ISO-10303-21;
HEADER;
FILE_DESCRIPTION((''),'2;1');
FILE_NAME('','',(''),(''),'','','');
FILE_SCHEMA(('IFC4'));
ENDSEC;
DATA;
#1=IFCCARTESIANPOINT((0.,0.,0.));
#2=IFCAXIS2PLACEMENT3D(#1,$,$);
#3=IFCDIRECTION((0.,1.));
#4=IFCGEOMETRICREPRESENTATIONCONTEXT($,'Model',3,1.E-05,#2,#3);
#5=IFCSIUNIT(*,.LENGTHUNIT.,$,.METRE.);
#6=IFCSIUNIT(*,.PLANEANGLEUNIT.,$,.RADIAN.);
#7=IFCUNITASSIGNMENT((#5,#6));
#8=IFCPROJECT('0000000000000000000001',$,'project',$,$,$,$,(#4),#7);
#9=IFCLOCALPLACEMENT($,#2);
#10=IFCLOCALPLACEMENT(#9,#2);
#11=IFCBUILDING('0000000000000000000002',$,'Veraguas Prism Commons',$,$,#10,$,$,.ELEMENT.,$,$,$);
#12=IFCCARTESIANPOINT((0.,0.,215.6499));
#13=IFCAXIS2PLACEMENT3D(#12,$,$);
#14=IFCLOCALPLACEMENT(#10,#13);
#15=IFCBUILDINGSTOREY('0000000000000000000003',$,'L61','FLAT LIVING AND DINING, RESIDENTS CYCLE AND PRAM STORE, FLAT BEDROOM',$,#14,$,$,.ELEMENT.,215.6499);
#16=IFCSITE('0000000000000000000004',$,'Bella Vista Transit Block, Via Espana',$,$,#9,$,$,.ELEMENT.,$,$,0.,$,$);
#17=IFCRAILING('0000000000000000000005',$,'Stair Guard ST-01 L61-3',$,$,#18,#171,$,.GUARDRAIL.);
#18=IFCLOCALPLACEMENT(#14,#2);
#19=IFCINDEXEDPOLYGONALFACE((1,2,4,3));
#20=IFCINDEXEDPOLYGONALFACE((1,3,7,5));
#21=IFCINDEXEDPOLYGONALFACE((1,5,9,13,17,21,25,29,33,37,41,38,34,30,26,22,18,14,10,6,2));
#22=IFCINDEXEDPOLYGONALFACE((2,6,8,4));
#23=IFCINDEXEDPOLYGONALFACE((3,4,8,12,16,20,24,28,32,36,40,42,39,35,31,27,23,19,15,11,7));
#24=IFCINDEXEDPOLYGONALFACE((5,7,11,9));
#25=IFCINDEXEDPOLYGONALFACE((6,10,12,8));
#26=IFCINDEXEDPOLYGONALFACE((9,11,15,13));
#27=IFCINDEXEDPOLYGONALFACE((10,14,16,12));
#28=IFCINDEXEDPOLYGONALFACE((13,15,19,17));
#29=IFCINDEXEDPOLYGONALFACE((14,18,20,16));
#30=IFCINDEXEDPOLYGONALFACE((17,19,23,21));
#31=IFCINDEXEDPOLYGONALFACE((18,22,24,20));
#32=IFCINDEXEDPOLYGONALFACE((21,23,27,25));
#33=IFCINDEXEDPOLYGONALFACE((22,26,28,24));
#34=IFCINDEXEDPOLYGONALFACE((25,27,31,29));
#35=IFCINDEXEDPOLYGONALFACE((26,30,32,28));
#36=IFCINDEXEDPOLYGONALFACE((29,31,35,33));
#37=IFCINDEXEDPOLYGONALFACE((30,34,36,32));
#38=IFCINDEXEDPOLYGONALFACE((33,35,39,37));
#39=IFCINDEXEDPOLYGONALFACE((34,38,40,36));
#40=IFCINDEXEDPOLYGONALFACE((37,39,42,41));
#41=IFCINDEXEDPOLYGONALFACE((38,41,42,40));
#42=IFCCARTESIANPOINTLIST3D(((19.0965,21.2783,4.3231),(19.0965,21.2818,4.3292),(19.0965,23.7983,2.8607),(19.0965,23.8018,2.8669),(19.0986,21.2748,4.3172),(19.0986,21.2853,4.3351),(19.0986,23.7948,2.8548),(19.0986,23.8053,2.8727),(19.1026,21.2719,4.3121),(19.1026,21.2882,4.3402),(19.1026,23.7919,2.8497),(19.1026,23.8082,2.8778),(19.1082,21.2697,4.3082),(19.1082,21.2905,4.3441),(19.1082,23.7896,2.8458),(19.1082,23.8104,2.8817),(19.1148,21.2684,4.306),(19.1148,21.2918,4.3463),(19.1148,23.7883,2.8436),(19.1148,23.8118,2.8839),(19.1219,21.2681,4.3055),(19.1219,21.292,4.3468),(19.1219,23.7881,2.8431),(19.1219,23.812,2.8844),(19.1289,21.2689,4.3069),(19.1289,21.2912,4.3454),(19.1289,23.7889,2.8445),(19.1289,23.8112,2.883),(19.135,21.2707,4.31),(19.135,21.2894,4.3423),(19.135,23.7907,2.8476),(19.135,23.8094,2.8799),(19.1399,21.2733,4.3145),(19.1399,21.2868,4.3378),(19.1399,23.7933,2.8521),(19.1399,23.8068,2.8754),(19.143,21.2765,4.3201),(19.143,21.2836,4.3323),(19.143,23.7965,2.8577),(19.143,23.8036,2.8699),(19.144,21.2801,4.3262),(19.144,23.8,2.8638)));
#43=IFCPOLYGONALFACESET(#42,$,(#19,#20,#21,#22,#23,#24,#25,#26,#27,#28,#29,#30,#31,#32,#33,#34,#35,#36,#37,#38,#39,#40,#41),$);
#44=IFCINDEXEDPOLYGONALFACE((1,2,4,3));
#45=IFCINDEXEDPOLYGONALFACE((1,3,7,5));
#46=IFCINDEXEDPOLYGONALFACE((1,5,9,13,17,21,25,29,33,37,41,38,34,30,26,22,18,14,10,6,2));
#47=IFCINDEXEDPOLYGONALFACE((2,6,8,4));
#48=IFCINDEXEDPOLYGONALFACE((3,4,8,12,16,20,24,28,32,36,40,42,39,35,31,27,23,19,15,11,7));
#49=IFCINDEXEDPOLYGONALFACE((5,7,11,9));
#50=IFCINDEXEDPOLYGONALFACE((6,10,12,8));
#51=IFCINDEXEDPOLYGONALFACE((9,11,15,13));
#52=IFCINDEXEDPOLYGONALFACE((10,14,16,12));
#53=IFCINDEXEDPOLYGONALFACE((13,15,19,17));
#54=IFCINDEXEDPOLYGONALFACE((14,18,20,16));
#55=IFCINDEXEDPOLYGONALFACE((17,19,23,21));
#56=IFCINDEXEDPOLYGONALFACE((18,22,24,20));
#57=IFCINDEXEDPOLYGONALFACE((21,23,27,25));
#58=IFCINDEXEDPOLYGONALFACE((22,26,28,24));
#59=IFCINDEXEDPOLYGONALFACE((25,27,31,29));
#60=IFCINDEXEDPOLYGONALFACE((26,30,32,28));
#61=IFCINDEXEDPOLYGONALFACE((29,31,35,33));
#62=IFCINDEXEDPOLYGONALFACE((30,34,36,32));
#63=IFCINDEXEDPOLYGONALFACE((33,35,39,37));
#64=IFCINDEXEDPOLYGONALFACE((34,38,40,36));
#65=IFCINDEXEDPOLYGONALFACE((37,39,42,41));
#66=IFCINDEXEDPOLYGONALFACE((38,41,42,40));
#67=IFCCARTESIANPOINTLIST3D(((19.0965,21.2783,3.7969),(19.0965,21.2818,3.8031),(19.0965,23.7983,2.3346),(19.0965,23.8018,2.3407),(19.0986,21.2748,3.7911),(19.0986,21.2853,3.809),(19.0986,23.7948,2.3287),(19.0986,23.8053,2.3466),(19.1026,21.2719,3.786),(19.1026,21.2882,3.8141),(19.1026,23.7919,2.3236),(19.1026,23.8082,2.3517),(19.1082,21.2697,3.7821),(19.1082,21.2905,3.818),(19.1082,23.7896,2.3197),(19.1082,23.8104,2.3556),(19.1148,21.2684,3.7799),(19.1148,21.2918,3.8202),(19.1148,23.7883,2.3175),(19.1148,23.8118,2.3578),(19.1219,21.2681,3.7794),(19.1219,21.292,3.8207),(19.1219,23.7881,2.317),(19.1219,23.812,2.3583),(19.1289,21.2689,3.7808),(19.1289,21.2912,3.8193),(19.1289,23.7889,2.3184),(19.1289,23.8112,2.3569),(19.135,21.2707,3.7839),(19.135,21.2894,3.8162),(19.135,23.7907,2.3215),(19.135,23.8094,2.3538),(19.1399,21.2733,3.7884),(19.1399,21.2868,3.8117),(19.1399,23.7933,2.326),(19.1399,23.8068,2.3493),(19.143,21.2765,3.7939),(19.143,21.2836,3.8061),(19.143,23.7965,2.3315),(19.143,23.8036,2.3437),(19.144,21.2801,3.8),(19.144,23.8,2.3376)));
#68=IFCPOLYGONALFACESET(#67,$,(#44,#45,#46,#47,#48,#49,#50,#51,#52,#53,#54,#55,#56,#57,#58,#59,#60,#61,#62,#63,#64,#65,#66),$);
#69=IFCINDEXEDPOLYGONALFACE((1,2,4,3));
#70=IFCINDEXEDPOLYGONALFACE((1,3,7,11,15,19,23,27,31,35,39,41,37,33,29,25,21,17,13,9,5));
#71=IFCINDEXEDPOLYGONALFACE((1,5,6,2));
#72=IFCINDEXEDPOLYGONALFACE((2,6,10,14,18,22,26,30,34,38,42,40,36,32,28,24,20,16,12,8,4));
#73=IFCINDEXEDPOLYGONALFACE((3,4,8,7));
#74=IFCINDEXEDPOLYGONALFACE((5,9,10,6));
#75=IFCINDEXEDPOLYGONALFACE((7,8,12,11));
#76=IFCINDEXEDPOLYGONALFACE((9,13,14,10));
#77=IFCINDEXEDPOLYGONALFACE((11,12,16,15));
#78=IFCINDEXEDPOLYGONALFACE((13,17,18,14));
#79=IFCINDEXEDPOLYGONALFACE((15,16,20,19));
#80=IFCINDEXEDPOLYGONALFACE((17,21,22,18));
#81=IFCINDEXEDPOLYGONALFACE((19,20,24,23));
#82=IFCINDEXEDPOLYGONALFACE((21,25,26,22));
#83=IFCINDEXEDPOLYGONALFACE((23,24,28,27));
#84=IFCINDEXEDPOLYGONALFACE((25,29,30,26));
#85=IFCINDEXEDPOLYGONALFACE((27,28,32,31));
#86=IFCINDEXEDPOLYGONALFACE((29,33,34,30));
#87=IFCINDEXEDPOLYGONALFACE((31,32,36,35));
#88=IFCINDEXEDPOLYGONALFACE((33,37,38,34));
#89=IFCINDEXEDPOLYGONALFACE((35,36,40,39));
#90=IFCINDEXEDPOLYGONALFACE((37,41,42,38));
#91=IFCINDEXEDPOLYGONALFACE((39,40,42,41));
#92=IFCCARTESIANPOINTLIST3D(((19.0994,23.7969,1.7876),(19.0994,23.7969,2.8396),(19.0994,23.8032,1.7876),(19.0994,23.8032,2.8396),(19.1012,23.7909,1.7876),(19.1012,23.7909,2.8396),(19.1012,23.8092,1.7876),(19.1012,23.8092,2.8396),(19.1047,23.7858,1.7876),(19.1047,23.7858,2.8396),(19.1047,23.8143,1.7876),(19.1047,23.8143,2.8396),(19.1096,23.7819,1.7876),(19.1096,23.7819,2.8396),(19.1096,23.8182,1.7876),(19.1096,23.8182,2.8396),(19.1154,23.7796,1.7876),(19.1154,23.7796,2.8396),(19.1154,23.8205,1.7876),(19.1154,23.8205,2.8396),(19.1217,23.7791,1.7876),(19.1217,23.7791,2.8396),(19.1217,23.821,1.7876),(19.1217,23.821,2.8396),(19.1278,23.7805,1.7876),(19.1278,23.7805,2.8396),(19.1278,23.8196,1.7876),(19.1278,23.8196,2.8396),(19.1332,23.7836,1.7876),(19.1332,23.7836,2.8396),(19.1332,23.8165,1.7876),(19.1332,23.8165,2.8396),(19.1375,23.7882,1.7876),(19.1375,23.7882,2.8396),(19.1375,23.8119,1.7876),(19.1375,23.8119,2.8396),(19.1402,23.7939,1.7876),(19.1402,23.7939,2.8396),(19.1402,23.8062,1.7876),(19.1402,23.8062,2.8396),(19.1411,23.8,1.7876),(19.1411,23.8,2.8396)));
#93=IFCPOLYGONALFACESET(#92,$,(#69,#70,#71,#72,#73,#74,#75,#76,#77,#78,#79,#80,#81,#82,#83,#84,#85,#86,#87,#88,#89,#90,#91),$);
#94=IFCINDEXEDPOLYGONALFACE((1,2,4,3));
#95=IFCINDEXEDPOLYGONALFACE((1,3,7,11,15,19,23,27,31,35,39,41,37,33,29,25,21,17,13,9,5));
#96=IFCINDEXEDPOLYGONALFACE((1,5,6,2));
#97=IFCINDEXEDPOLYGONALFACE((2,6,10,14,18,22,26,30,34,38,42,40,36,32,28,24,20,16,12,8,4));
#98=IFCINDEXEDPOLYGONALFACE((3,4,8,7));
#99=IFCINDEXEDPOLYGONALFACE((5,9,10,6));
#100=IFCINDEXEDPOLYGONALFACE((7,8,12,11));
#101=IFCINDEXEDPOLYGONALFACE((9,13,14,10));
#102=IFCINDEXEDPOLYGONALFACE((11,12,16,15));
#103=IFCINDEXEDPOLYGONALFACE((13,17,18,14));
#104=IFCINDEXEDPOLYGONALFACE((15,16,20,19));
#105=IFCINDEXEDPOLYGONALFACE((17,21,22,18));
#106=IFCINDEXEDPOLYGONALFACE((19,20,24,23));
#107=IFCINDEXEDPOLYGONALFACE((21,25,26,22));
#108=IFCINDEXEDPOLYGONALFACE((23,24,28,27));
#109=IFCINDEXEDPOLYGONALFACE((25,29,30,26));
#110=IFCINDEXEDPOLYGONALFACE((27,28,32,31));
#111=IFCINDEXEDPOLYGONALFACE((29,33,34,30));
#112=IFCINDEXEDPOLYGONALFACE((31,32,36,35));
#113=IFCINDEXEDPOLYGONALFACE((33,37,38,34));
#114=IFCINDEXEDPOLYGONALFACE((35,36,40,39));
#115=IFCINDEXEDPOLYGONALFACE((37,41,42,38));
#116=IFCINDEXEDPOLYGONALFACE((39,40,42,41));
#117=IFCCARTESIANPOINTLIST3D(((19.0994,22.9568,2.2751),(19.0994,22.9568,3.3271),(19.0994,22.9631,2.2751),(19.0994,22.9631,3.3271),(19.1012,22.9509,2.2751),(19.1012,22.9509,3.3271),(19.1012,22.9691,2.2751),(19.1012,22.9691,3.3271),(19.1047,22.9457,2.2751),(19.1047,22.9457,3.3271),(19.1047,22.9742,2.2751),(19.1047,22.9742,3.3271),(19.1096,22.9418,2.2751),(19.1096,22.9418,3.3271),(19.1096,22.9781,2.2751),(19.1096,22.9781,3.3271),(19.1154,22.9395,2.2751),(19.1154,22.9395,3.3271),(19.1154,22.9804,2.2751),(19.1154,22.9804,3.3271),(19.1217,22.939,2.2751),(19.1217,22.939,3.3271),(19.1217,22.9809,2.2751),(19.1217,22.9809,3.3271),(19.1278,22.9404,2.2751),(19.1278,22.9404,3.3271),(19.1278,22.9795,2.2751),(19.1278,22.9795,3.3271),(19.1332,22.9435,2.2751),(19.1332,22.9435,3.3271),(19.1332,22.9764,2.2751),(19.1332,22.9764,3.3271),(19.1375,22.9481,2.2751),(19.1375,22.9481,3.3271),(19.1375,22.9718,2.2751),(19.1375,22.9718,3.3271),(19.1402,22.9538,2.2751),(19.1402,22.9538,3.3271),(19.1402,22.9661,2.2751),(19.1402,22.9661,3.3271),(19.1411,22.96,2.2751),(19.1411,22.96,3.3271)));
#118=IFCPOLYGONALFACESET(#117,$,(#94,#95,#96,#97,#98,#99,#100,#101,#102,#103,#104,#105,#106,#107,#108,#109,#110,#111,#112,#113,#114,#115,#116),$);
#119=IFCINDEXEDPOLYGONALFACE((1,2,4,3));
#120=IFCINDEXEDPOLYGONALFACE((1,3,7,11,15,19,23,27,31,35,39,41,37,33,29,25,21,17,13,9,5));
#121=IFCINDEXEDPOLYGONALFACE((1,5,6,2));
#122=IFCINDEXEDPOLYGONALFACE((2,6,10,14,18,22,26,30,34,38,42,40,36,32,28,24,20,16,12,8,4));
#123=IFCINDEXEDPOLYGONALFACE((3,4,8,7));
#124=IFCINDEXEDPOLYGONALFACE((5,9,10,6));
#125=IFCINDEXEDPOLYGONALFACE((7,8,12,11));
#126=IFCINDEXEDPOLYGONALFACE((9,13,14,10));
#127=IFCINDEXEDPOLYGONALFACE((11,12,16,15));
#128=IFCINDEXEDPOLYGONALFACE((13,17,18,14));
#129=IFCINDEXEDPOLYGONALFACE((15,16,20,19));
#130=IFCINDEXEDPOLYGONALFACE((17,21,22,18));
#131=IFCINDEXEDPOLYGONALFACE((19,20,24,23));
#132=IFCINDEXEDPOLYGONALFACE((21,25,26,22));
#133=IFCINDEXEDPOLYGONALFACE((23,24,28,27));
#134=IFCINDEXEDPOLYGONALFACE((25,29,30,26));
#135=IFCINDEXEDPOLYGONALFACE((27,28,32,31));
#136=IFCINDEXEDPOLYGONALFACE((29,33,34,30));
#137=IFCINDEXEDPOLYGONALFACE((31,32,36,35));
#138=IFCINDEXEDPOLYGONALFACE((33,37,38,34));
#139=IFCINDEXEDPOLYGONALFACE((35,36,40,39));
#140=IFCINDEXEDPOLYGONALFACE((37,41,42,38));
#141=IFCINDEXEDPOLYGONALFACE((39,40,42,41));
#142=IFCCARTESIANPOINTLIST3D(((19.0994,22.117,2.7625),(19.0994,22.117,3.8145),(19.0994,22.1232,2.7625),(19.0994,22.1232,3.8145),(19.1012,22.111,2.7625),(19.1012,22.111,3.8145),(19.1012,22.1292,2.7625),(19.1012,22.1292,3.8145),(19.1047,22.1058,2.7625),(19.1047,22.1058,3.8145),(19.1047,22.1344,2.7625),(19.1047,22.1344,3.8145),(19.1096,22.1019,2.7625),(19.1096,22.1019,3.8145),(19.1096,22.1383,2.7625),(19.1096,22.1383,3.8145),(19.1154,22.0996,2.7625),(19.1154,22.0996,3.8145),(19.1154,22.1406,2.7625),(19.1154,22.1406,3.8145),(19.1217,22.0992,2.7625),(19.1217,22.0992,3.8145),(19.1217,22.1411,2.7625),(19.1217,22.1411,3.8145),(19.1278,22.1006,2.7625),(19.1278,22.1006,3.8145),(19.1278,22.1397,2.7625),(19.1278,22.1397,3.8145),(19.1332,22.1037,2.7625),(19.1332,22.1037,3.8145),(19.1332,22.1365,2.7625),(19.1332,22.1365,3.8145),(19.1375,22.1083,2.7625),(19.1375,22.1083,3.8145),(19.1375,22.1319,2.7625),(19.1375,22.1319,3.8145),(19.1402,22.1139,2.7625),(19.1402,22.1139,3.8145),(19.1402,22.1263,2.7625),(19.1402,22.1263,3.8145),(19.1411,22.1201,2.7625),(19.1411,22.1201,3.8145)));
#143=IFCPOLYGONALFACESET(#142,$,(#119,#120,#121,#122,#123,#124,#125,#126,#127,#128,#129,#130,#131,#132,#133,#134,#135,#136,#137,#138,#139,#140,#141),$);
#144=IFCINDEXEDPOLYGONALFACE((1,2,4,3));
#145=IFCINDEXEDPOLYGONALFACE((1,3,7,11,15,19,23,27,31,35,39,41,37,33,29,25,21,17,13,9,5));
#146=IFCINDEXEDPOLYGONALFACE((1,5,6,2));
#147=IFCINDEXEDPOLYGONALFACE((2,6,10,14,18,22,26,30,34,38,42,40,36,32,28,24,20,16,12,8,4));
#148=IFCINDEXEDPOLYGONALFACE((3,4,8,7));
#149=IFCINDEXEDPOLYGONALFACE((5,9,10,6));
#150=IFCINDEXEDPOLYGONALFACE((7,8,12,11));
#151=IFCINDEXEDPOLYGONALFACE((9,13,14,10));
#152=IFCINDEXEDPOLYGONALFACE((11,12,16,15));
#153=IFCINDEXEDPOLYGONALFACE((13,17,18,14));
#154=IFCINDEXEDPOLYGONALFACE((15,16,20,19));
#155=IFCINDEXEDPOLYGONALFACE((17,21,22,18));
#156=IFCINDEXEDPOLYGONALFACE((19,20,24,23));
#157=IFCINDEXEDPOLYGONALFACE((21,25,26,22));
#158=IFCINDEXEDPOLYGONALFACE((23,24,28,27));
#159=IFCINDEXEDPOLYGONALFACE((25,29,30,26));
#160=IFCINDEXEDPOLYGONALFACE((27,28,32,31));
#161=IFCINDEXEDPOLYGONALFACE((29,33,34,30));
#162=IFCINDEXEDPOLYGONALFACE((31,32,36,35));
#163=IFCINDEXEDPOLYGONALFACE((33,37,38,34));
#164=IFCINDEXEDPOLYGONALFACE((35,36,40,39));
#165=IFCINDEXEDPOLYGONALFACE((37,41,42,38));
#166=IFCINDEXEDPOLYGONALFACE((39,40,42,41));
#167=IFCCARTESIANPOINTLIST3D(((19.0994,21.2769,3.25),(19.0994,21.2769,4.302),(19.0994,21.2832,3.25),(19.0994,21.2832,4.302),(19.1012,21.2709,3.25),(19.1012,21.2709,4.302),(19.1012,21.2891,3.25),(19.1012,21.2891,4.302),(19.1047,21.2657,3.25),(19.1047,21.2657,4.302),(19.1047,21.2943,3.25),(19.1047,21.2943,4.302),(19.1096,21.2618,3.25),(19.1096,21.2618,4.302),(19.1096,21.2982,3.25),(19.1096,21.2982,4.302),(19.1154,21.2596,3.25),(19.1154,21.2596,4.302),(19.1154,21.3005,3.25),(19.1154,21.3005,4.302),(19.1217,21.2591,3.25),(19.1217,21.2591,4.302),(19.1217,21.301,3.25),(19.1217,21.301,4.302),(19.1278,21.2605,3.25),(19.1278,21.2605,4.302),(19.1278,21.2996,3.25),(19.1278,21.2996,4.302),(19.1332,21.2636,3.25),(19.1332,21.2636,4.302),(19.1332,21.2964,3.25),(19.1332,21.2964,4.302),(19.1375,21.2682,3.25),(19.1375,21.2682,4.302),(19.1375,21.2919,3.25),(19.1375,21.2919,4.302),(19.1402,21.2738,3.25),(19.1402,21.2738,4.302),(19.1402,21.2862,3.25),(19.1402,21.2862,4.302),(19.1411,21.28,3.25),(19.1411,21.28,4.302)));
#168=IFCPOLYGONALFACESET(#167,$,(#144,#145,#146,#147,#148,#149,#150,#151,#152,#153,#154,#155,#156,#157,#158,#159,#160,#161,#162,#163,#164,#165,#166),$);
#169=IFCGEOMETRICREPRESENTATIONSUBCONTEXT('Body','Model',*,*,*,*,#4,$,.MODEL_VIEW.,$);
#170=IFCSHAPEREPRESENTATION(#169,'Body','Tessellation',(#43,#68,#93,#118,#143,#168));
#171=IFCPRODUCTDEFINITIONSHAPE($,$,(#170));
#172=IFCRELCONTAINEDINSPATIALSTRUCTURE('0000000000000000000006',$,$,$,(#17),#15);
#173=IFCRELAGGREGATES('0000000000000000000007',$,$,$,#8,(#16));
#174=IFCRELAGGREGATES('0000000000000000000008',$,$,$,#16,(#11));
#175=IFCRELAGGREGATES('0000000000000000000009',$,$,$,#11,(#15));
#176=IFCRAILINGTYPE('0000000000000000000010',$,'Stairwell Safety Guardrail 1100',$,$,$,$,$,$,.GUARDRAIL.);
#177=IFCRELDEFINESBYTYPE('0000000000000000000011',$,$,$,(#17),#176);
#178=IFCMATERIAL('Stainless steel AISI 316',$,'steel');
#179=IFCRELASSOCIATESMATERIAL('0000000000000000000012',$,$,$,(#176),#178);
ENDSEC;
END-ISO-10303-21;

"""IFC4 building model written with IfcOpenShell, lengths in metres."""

from ifc_helpers import new_model, si_unit, direction, frame, origin, origin_2d, place, context, subcontext, project, spatial, circle, extrude, material, type_object, element, save


model = new_model("IFC4")

# Units and contexts
model_context = context("Model", 3, precision=1e-05, world=origin(), true_north=direction((0.0, 1.0)))
body_context = subcontext(model_context, "Body", "Model", "MODEL_VIEW")
ifc_project = project(units=[si_unit("LENGTHUNIT", "METRE"), si_unit("PLANEANGLEUNIT", "RADIAN")], contexts=[model_context])

# Site, building, storey
site_placement = place(None, origin())
site = spatial("IfcSite", under=ifc_project, at=site_placement, Name="Bella Vista Transit Block, Via Espana", CompositionType="ELEMENT", RefElevation=0.0)
building_placement = place(site_placement, origin())
building = spatial("IfcBuilding", under=site, at=building_placement, Name="Veraguas Prism Commons", CompositionType="ELEMENT")
storey_placement = place(building_placement, frame((0.0, 0.0, 215.6499)))
storey = spatial("IfcBuildingStorey", under=building, at=storey_placement, Name="L61", Description="FLAT LIVING AND DINING, RESIDENTS CYCLE AND PRAM STORE, FLAT BEDROOM", CompositionType="ELEMENT", Elevation=215.6499)

# Railing
ifc_material_1 = material(Name="Stainless steel AISI 316", Category="steel")
railing_type_1 = type_object("IfcRailingType", Name="Stairwell Safety Guardrail 1100", PredefinedType="GUARDRAIL", material=ifc_material_1)
railing_1_placement = place(storey_placement, frame((19.1201, 23.8, 1.7876)))
element("IfcRailing", 1, at=railing_1_placement, inside=storey, type_object=railing_type_1, Name="Stair Guard ST-01 L61-3", PredefinedType="GUARDRAIL", context=body_context, shape_type="SweptSolid", body=[
    extrude(circle(Radius=0.0239, at=origin_2d()), frame((0.0, 0.0, 1.0762), z_axis=(0.0, -0.864913, 0.501921), x_axis=(1.0, 0.0, 0.0)), (0.0, 0.0, 1.0), 2.9136),
    extrude(circle(Radius=0.0239, at=origin_2d()), frame((0.0, 0.0, 0.55), z_axis=(0.0, -0.864913, 0.501921), x_axis=(1.0, 0.0, 0.0)), (0.0, 0.0, 1.0), 2.9136),
    extrude(circle(Radius=0.021, at=origin_2d()), origin(), (0.0, 0.0, 1.0), 1.052),
    extrude(circle(Radius=0.021, at=origin_2d()), frame((0.0, -0.8401, 0.4875)), (0.0, 0.0, 1.0), 1.052),
    extrude(circle(Radius=0.021, at=origin_2d()), frame((0.0, -1.6799, 0.9749)), (0.0, 0.0, 1.0), 1.052),
    extrude(circle(Radius=0.021, at=origin_2d()), frame((0.0, -2.52, 1.4624)), (0.0, 0.0, 1.0), 1.052),
])

save(model, "model.ifc")
